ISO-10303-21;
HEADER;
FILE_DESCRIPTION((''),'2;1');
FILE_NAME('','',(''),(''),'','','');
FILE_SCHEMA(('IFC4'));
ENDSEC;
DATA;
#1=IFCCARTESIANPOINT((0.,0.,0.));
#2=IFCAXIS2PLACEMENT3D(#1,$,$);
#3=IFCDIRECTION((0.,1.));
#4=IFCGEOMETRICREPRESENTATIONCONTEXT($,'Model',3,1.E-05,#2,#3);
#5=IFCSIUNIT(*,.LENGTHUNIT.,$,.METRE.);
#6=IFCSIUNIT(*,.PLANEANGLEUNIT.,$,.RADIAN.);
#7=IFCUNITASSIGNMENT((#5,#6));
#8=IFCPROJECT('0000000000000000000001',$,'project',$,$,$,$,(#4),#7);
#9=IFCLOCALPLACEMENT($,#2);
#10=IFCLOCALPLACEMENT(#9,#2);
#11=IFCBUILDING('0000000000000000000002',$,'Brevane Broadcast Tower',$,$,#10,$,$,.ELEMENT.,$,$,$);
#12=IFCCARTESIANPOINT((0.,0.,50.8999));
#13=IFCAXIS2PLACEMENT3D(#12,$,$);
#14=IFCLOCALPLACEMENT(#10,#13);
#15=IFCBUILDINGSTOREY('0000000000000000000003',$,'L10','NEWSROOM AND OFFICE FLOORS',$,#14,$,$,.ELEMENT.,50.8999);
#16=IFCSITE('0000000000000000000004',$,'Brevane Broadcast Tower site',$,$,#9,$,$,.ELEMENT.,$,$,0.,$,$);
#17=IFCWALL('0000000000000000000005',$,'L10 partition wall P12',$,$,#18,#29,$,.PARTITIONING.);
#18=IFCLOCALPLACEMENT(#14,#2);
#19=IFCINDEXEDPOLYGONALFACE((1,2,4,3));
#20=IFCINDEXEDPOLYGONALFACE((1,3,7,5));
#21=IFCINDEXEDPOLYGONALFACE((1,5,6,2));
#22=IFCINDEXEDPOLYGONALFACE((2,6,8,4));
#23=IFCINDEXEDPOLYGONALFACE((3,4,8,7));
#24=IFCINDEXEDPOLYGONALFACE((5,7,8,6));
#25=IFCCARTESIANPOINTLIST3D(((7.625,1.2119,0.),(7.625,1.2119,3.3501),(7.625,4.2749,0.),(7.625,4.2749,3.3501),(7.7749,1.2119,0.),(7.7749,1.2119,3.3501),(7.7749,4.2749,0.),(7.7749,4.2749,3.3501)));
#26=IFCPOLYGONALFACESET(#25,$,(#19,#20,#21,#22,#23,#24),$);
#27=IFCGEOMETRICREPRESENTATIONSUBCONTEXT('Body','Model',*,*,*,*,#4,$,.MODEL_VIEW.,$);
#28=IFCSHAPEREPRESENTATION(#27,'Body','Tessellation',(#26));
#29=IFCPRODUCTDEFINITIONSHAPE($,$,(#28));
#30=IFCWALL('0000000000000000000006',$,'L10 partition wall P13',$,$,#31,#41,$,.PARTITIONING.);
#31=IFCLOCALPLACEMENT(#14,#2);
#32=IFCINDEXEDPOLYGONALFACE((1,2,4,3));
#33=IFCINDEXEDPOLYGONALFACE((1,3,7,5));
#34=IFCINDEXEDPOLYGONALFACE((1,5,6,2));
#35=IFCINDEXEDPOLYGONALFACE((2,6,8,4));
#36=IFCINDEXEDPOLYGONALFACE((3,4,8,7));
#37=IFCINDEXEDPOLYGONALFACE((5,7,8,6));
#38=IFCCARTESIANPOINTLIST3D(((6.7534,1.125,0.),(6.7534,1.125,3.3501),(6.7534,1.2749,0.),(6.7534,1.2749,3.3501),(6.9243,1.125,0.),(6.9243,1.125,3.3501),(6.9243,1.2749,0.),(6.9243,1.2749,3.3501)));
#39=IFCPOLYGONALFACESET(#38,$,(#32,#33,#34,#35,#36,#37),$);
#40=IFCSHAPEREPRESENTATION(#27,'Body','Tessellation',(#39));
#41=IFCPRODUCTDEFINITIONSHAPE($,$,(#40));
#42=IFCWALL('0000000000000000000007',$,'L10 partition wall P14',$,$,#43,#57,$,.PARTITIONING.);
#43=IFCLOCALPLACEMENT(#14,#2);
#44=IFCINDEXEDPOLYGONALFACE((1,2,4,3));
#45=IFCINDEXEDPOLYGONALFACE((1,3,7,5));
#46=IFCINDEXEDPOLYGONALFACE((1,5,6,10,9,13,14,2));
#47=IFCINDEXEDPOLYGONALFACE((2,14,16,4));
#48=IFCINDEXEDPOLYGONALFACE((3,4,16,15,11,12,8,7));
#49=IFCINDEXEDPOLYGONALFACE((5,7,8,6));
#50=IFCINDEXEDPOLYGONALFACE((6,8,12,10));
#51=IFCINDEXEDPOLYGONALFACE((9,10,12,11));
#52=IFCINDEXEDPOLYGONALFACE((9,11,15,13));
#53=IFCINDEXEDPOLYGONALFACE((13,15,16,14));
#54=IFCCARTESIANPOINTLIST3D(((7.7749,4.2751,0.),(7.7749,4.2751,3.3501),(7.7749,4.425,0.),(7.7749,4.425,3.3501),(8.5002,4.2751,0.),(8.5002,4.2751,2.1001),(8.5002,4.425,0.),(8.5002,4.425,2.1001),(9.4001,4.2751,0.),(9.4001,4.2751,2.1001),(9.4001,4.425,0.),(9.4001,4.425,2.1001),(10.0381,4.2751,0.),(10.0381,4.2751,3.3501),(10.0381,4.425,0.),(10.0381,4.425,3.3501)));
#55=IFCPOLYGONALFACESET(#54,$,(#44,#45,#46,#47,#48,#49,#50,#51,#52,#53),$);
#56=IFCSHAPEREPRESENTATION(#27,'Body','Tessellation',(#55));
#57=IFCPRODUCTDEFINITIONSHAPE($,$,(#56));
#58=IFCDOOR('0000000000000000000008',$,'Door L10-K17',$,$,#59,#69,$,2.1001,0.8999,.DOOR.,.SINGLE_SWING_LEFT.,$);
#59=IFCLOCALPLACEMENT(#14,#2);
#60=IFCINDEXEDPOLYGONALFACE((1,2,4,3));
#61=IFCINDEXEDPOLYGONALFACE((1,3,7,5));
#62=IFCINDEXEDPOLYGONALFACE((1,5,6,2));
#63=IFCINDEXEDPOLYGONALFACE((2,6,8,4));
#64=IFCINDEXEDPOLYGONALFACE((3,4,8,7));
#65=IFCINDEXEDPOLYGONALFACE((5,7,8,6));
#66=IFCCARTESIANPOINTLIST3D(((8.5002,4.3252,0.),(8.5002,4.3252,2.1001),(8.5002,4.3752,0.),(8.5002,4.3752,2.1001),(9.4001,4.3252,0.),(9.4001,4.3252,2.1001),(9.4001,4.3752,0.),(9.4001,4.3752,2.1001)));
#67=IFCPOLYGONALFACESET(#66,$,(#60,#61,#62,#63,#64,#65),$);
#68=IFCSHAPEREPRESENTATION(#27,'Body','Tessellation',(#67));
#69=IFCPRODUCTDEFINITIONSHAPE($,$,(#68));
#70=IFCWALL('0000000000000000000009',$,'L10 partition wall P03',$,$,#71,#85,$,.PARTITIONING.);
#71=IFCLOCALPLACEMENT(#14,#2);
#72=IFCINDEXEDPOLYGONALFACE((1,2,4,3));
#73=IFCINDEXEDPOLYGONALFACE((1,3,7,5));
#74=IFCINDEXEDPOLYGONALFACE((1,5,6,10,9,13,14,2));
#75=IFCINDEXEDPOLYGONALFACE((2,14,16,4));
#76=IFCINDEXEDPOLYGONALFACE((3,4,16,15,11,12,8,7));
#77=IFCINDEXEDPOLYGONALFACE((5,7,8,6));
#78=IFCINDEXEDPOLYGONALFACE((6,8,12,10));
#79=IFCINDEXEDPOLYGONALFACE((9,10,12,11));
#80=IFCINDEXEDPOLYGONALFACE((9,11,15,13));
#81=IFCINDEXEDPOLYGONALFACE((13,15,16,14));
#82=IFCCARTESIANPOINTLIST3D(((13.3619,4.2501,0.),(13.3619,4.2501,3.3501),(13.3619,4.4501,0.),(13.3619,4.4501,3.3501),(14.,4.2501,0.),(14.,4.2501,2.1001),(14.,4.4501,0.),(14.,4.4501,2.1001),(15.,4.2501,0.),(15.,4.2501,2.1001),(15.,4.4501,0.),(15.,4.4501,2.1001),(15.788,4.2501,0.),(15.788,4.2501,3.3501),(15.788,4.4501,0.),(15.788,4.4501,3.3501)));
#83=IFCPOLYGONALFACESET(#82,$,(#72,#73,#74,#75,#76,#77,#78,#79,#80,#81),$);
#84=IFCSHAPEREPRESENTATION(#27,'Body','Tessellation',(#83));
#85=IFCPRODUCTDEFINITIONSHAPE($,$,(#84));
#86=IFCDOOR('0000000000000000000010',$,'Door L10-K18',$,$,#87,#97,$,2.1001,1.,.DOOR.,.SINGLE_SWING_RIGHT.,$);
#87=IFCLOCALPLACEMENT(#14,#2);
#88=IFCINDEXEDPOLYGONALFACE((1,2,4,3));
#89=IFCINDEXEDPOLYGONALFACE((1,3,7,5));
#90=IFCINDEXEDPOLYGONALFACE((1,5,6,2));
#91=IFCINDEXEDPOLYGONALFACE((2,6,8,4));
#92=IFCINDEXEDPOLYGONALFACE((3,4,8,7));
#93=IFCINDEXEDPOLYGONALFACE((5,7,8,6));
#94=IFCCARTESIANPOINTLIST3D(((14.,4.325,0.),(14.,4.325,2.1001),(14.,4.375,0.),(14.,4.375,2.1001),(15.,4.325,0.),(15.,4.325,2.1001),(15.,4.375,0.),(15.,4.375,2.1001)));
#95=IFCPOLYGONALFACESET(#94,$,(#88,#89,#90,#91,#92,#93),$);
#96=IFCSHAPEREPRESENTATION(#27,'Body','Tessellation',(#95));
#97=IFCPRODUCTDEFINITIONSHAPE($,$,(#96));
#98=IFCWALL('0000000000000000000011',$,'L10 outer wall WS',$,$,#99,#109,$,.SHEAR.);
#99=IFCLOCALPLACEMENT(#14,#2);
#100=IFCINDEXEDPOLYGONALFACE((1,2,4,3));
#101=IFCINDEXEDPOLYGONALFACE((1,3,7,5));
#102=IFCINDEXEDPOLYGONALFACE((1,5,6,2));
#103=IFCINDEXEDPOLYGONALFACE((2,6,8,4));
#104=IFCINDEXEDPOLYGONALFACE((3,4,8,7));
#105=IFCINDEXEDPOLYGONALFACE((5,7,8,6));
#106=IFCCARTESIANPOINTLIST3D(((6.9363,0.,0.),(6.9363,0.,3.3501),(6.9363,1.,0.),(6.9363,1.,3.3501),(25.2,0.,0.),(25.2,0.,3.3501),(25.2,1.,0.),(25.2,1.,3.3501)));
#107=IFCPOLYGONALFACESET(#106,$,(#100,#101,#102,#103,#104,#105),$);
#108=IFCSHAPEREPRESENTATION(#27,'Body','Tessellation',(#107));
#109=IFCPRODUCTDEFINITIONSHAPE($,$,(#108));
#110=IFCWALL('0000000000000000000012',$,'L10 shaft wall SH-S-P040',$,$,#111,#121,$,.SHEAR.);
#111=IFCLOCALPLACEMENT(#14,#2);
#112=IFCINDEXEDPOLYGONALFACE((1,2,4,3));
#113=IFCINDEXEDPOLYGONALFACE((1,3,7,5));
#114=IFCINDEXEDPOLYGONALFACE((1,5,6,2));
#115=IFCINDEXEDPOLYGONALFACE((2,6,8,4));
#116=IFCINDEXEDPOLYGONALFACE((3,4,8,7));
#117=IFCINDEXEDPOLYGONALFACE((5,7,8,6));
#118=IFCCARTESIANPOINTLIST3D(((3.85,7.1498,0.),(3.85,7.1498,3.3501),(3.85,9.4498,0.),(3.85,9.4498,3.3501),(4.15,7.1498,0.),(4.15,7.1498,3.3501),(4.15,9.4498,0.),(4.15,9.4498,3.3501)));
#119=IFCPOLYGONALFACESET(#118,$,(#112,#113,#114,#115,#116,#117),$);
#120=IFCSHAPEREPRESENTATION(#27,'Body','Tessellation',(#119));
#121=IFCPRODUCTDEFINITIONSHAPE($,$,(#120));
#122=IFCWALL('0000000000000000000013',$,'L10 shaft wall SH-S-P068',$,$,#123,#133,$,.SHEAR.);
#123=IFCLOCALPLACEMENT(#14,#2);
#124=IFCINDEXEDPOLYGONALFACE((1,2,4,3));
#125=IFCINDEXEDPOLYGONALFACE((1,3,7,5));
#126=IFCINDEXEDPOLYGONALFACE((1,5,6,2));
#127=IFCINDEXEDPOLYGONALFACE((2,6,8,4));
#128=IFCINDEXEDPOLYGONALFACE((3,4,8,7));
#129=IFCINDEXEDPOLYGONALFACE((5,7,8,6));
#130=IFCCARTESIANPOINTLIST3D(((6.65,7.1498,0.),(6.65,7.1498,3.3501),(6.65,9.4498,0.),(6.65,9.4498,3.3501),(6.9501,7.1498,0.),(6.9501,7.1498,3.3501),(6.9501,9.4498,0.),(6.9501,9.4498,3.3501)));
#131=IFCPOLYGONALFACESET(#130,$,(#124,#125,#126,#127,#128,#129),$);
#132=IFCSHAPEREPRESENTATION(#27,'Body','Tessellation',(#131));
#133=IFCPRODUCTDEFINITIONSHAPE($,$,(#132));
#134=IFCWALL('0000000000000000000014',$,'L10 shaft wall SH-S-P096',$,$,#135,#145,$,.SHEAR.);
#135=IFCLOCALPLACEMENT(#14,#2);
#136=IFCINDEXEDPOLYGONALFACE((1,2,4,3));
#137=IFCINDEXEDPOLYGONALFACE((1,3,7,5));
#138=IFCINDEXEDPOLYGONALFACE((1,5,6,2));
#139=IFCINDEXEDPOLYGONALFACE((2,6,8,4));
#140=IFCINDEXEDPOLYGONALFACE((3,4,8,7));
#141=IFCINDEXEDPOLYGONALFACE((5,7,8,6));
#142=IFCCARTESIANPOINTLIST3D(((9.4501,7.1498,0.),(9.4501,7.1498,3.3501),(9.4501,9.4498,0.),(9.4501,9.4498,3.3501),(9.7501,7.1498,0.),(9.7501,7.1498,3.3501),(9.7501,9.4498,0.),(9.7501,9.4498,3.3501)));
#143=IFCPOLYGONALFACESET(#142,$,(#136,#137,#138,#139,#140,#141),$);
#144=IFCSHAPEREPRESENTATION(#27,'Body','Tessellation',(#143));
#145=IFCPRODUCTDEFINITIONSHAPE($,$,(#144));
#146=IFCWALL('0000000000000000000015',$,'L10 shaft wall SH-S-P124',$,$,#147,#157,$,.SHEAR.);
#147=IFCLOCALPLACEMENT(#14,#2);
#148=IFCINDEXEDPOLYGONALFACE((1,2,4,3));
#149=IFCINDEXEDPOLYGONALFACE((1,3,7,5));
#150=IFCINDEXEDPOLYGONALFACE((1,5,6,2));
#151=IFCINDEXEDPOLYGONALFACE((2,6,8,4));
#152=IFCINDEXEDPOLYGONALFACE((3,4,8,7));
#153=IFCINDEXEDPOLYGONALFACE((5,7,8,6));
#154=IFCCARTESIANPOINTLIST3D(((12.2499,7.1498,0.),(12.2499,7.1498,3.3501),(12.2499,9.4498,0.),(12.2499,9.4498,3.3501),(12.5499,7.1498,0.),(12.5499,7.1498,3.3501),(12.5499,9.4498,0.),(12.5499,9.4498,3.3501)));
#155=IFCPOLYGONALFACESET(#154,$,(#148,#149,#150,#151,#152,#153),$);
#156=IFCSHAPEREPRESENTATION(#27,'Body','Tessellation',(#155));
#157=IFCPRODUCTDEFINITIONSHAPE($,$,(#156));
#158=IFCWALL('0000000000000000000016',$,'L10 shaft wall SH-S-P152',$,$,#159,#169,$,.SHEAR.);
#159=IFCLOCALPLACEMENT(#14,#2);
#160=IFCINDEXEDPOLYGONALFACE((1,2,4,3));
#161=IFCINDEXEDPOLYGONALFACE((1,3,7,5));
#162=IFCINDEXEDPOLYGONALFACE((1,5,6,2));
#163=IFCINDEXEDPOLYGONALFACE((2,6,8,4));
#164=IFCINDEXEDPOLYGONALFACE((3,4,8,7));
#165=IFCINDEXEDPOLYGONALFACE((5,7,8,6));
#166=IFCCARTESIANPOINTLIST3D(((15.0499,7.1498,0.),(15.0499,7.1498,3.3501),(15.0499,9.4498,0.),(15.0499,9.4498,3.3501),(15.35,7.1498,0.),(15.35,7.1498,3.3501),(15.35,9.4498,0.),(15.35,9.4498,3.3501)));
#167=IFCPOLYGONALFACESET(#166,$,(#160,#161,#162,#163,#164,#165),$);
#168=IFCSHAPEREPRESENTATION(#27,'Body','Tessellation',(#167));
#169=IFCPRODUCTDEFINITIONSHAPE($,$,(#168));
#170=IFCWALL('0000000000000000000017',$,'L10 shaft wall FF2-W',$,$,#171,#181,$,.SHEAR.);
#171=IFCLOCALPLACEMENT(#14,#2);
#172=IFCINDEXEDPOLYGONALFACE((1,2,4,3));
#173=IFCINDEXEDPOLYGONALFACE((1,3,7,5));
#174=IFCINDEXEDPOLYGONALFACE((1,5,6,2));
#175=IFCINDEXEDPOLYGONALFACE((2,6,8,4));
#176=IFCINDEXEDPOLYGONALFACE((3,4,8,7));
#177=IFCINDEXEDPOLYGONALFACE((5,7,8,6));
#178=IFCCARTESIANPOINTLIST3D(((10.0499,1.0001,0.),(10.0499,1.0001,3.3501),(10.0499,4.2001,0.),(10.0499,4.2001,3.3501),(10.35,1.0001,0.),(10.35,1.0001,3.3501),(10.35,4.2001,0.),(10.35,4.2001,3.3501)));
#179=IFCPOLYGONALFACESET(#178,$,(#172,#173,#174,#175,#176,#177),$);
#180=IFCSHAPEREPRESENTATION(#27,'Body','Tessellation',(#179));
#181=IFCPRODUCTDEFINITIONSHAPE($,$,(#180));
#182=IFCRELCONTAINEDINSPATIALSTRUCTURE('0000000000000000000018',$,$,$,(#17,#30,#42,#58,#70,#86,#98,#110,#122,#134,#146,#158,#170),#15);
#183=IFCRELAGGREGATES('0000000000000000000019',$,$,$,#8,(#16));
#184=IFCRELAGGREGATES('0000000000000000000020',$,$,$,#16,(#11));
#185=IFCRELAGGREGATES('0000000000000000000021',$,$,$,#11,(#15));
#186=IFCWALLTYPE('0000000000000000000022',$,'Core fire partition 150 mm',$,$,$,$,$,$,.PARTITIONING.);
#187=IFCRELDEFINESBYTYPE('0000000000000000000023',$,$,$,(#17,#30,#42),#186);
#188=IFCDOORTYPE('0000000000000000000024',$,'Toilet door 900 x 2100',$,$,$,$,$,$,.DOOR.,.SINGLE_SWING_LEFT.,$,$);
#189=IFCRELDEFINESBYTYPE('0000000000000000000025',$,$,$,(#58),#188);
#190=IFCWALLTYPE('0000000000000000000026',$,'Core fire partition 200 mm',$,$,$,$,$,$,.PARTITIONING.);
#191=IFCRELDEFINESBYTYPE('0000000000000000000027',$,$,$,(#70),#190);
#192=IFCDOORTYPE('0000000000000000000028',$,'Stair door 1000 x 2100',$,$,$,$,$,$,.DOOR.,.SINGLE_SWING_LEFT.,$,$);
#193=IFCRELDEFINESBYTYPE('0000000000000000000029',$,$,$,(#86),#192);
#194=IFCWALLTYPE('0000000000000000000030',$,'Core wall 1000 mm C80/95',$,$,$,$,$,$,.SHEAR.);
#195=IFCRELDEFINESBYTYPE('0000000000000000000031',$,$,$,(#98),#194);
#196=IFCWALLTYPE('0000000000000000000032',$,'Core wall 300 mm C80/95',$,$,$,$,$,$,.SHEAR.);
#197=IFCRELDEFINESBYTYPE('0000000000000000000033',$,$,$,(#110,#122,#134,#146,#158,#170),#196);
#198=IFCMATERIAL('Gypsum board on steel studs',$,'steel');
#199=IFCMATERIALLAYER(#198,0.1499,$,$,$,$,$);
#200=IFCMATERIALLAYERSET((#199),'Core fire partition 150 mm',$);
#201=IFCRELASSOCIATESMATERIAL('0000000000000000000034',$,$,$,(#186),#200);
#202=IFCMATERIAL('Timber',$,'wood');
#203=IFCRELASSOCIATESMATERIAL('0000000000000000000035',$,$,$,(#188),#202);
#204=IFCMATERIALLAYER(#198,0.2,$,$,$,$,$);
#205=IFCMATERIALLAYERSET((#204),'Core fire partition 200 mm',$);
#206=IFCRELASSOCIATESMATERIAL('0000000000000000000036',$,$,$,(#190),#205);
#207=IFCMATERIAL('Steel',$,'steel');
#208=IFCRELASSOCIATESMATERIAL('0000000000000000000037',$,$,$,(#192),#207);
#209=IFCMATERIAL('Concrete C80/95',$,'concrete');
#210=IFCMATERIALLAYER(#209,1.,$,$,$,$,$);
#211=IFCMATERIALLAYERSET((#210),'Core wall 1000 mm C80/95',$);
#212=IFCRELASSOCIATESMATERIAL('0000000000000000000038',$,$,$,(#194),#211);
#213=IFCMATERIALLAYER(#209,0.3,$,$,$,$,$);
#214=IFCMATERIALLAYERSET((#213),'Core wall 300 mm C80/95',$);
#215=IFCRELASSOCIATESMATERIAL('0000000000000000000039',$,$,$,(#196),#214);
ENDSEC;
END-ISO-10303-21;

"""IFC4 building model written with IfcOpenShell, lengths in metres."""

from ifc_helpers import new_model, si_unit, direction, frame, frame_2d, origin, place, context, subcontext, project, spatial, rectangle, extrude, material, layer, layer_set, type_object, element, fill, save


model = new_model("IFC4")

# Units and contexts
model_context = context("Model", 3, precision=1e-05, world=origin(), true_north=direction((0.0, 1.0)))
body_context = subcontext(model_context, "Body", "Model", "MODEL_VIEW")
ifc_project = project(units=[si_unit("LENGTHUNIT", "METRE"), si_unit("PLANEANGLEUNIT", "RADIAN")], contexts=[model_context])

# Site, building, storey
site_placement = place(None, origin())
site = spatial("IfcSite", under=ifc_project, at=site_placement, Name="Brevane Broadcast Tower site", CompositionType="ELEMENT", RefElevation=0.0)
building_placement = place(site_placement, origin())
building = spatial("IfcBuilding", under=site, at=building_placement, Name="Brevane Broadcast Tower", CompositionType="ELEMENT")
storey_placement = place(building_placement, frame((0.0, 0.0, 50.8999)))
storey = spatial("IfcBuildingStorey", under=building, at=storey_placement, Name="L10", Description="NEWSROOM AND OFFICE FLOORS", CompositionType="ELEMENT", Elevation=50.8999)

# Shared definitions
ifc_material_1 = material(Name="Gypsum board on steel studs", Category="steel")
ifc_layer_1 = layer(ifc_material_1, 0.1499)
ifc_layer_set_1 = layer_set([ifc_layer_1], Name="Core fire partition 150 mm")
wall_type_1 = type_object("IfcWallType", Name="Core fire partition 150 mm", PredefinedType="PARTITIONING", material=ifc_layer_set_1)

# Shared definitions
ifc_material_2 = material(Name="Timber", Category="wood")
door_type_1 = type_object("IfcDoorType", Name="Toilet door 900 x 2100", OperationType="SINGLE_SWING_LEFT", PredefinedType="DOOR", material=ifc_material_2)

# Walls
wall_1_placement = place(storey_placement, frame((7.7, 4.2749, 0.0), z_axis=(0.0, 0.0, 1.0), x_axis=(0.0, -1.0, 0.0)))
element("IfcWall", 1, at=wall_1_placement, inside=storey, type_object=wall_type_1, Name="L10 partition wall P12", PredefinedType="PARTITIONING", context=body_context, shape_type="SweptSolid", body=[
    extrude(rectangle(XDim=3.063, YDim=0.1499, at=frame_2d((1.5315, 0.0))), origin(), (0.0, 0.0, 1.0), 3.3501),
])
wall_2_placement = place(storey_placement, frame((6.9243, 1.2, 0.0), z_axis=(0.0, 0.0, 1.0), x_axis=(-1.0, 0.0, 0.0)))
element("IfcWall", 2, at=wall_2_placement, inside=storey, type_object=wall_type_1, Name="L10 partition wall P13", PredefinedType="PARTITIONING", context=body_context, shape_type="SweptSolid", body=[
    extrude(rectangle(XDim=0.1709, YDim=0.1499, at=frame_2d((0.0854, 0.0))), origin(), (0.0, 0.0, 1.0), 3.3501),
])

# Walls, openings, doors
wall_3_placement = place(storey_placement, frame((10.0381, 4.3501, 0.0), z_axis=(0.0, 0.0, 1.0), x_axis=(-1.0, 0.0, 0.0)))
wall_3 = element("IfcWall", 3, at=wall_3_placement, inside=storey, type_object=wall_type_1, Name="L10 partition wall P14", PredefinedType="PARTITIONING", context=body_context, shape_type="SweptSolid", body=[
    extrude(rectangle(XDim=2.2632, YDim=0.1499, at=frame_2d((1.1316, 0.0))), origin(), (0.0, 0.0, 1.0), 3.3501),
])
opening_1_placement = place(wall_3_placement, frame((0.6379, 0.0, 0.0)))
opening_1 = element("IfcOpeningElement", 4, at=opening_1_placement, cuts=wall_3, PredefinedType="OPENING", context=body_context, shape_type="SweptSolid", body=[
    extrude(rectangle(XDim=0.8999, YDim=2.1001, at=frame_2d((0.45, 1.05))), frame((0.0, 0.085, 0.0), z_axis=(0.0, -1.0, 0.0), x_axis=(1.0, 0.0, 0.0)), (0.0, 0.0, 1.0), 0.1699),
])
door_1_placement = place(opening_1_placement, origin())
door_1 = element("IfcDoor", 5, at=door_1_placement, inside=storey, type_object=door_type_1, Name="Door L10-K17", OperationType="SINGLE_SWING_LEFT", OverallHeight=2.1001, OverallWidth=0.8999, PredefinedType="DOOR", context=body_context, shape_type="SweptSolid", body=[
    extrude(rectangle(XDim=0.8999, YDim=2.1001, at=frame_2d((0.45, 1.05))), frame((0.0, 0.0249, 0.0), z_axis=(0.0, -1.0, 0.0), x_axis=(1.0, 0.0, 0.0)), (0.0, 0.0, 1.0), 0.05),
])
fill(opening_1, door_1)
ifc_layer_2 = layer(ifc_material_1, 0.2)
ifc_layer_set_2 = layer_set([ifc_layer_2], Name="Core fire partition 200 mm")
wall_type_2 = type_object("IfcWallType", Name="Core fire partition 200 mm", PredefinedType="PARTITIONING", material=ifc_layer_set_2)
wall_4_placement = place(storey_placement, frame((13.3621, 4.3501, 0.0), z_axis=(0.0, 0.0, 1.0), x_axis=(1.0, 0.0, 0.0)))
wall_4 = element("IfcWall", 6, at=wall_4_placement, inside=storey, type_object=wall_type_2, Name="L10 partition wall P03", PredefinedType="PARTITIONING", context=body_context, shape_type="SweptSolid", body=[
    extrude(rectangle(XDim=2.426, YDim=0.2, at=frame_2d((1.2129, 0.0))), origin(), (0.0, 0.0, 1.0), 3.3501),
])
opening_2_placement = place(wall_4_placement, frame((0.6379, 0.0, 0.0)))
opening_2 = element("IfcOpeningElement", 7, at=opening_2_placement, cuts=wall_4, PredefinedType="OPENING", context=body_context, shape_type="SweptSolid", body=[
    extrude(rectangle(XDim=1.0, YDim=2.1001, at=frame_2d((0.5, 1.05))), frame((0.0, 0.1099, 0.0), z_axis=(0.0, -1.0, 0.0), x_axis=(1.0, 0.0, 0.0)), (0.0, 0.0, 1.0), 0.22),
])
ifc_material_3 = material(Name="Steel", Category="steel")
door_type_2 = type_object("IfcDoorType", Name="Stair door 1000 x 2100", OperationType="SINGLE_SWING_LEFT", PredefinedType="DOOR", material=ifc_material_3)
door_2_placement = place(opening_2_placement, origin())
door_2 = element("IfcDoor", 8, at=door_2_placement, inside=storey, type_object=door_type_2, Name="Door L10-K18", OperationType="SINGLE_SWING_RIGHT", OverallHeight=2.1001, OverallWidth=1.0, PredefinedType="DOOR", context=body_context, shape_type="SweptSolid", body=[
    extrude(rectangle(XDim=1.0, YDim=2.1001, at=frame_2d((0.5, 1.05))), frame((0.0, 0.0249, 0.0), z_axis=(0.0, -1.0, 0.0), x_axis=(1.0, 0.0, 0.0)), (0.0, 0.0, 1.0), 0.05),
])
fill(opening_2, door_2)

# Walls
ifc_material_4 = material(Name="Concrete C80/95", Category="concrete")
ifc_layer_3 = layer(ifc_material_4, 1.0)
ifc_layer_set_3 = layer_set([ifc_layer_3], Name="Core wall 1000 mm C80/95")
wall_type_3 = type_object("IfcWallType", Name="Core wall 1000 mm C80/95", PredefinedType="SHEAR", material=ifc_layer_set_3)
wall_5_placement = place(storey_placement, frame((6.9363, 0.5, 0.0), z_axis=(0.0, 0.0, 1.0), x_axis=(1.0, 0.0, 0.0)))
element("IfcWall", 9, at=wall_5_placement, inside=storey, type_object=wall_type_3, Name="L10 outer wall WS", PredefinedType="SHEAR", context=body_context, shape_type="SweptSolid", body=[
    extrude(rectangle(XDim=18.2637, YDim=1.0, at=frame_2d((9.1318, 0.0))), origin(), (0.0, 0.0, 1.0), 3.3501),
])
ifc_layer_4 = layer(ifc_material_4, 0.3)
ifc_layer_set_4 = layer_set([ifc_layer_4], Name="Core wall 300 mm C80/95")
wall_type_4 = type_object("IfcWallType", Name="Core wall 300 mm C80/95", PredefinedType="SHEAR", material=ifc_layer_set_4)
for number, where, z_axis, x_axis, name in (
    (10, (4.0, 7.1499, 0.0), (0.0, 0.0, 1.0), (0.0, 1.0, 0.0), "L10 shaft wall SH-S-P040"),
    (11, (6.8, 7.1499, 0.0), (0.0, 0.0, 1.0), (0.0, 1.0, 0.0), "L10 shaft wall SH-S-P068"),
    (12, (9.6001, 7.1499, 0.0), (0.0, 0.0, 1.0), (0.0, 1.0, 0.0), "L10 shaft wall SH-S-P096"),
    (13, (12.3999, 7.1499, 0.0), (0.0, 0.0, 1.0), (0.0, 1.0, 0.0), "L10 shaft wall SH-S-P124"),
    (14, (15.2, 7.1499, 0.0), (0.0, 0.0, 1.0), (0.0, 1.0, 0.0), "L10 shaft wall SH-S-P152"),
):
    element("IfcWall", number, at=place(storey_placement, frame(where, z_axis=z_axis, x_axis=x_axis)), inside=storey, type_object=wall_type_4, Name=name, PredefinedType="SHEAR", context=body_context, shape_type="SweptSolid", body=[
        extrude(rectangle(XDim=2.3, YDim=0.3, at=frame_2d((1.1499, 0.0))), origin(), (0.0, 0.0, 1.0), 3.3501),
    ])
wall_6_placement = place(storey_placement, frame((10.2, 1.0, 0.0), z_axis=(0.0, 0.0, 1.0), x_axis=(0.0, 1.0, 0.0)))
element("IfcWall", 15, at=wall_6_placement, inside=storey, type_object=wall_type_4, Name="L10 shaft wall FF2-W", PredefinedType="SHEAR", context=body_context, shape_type="SweptSolid", body=[
    extrude(rectangle(XDim=3.2, YDim=0.3, at=frame_2d((1.6001, 0.0))), origin(), (0.0, 0.0, 1.0), 3.3501),
])

save(model, "model.ifc")
